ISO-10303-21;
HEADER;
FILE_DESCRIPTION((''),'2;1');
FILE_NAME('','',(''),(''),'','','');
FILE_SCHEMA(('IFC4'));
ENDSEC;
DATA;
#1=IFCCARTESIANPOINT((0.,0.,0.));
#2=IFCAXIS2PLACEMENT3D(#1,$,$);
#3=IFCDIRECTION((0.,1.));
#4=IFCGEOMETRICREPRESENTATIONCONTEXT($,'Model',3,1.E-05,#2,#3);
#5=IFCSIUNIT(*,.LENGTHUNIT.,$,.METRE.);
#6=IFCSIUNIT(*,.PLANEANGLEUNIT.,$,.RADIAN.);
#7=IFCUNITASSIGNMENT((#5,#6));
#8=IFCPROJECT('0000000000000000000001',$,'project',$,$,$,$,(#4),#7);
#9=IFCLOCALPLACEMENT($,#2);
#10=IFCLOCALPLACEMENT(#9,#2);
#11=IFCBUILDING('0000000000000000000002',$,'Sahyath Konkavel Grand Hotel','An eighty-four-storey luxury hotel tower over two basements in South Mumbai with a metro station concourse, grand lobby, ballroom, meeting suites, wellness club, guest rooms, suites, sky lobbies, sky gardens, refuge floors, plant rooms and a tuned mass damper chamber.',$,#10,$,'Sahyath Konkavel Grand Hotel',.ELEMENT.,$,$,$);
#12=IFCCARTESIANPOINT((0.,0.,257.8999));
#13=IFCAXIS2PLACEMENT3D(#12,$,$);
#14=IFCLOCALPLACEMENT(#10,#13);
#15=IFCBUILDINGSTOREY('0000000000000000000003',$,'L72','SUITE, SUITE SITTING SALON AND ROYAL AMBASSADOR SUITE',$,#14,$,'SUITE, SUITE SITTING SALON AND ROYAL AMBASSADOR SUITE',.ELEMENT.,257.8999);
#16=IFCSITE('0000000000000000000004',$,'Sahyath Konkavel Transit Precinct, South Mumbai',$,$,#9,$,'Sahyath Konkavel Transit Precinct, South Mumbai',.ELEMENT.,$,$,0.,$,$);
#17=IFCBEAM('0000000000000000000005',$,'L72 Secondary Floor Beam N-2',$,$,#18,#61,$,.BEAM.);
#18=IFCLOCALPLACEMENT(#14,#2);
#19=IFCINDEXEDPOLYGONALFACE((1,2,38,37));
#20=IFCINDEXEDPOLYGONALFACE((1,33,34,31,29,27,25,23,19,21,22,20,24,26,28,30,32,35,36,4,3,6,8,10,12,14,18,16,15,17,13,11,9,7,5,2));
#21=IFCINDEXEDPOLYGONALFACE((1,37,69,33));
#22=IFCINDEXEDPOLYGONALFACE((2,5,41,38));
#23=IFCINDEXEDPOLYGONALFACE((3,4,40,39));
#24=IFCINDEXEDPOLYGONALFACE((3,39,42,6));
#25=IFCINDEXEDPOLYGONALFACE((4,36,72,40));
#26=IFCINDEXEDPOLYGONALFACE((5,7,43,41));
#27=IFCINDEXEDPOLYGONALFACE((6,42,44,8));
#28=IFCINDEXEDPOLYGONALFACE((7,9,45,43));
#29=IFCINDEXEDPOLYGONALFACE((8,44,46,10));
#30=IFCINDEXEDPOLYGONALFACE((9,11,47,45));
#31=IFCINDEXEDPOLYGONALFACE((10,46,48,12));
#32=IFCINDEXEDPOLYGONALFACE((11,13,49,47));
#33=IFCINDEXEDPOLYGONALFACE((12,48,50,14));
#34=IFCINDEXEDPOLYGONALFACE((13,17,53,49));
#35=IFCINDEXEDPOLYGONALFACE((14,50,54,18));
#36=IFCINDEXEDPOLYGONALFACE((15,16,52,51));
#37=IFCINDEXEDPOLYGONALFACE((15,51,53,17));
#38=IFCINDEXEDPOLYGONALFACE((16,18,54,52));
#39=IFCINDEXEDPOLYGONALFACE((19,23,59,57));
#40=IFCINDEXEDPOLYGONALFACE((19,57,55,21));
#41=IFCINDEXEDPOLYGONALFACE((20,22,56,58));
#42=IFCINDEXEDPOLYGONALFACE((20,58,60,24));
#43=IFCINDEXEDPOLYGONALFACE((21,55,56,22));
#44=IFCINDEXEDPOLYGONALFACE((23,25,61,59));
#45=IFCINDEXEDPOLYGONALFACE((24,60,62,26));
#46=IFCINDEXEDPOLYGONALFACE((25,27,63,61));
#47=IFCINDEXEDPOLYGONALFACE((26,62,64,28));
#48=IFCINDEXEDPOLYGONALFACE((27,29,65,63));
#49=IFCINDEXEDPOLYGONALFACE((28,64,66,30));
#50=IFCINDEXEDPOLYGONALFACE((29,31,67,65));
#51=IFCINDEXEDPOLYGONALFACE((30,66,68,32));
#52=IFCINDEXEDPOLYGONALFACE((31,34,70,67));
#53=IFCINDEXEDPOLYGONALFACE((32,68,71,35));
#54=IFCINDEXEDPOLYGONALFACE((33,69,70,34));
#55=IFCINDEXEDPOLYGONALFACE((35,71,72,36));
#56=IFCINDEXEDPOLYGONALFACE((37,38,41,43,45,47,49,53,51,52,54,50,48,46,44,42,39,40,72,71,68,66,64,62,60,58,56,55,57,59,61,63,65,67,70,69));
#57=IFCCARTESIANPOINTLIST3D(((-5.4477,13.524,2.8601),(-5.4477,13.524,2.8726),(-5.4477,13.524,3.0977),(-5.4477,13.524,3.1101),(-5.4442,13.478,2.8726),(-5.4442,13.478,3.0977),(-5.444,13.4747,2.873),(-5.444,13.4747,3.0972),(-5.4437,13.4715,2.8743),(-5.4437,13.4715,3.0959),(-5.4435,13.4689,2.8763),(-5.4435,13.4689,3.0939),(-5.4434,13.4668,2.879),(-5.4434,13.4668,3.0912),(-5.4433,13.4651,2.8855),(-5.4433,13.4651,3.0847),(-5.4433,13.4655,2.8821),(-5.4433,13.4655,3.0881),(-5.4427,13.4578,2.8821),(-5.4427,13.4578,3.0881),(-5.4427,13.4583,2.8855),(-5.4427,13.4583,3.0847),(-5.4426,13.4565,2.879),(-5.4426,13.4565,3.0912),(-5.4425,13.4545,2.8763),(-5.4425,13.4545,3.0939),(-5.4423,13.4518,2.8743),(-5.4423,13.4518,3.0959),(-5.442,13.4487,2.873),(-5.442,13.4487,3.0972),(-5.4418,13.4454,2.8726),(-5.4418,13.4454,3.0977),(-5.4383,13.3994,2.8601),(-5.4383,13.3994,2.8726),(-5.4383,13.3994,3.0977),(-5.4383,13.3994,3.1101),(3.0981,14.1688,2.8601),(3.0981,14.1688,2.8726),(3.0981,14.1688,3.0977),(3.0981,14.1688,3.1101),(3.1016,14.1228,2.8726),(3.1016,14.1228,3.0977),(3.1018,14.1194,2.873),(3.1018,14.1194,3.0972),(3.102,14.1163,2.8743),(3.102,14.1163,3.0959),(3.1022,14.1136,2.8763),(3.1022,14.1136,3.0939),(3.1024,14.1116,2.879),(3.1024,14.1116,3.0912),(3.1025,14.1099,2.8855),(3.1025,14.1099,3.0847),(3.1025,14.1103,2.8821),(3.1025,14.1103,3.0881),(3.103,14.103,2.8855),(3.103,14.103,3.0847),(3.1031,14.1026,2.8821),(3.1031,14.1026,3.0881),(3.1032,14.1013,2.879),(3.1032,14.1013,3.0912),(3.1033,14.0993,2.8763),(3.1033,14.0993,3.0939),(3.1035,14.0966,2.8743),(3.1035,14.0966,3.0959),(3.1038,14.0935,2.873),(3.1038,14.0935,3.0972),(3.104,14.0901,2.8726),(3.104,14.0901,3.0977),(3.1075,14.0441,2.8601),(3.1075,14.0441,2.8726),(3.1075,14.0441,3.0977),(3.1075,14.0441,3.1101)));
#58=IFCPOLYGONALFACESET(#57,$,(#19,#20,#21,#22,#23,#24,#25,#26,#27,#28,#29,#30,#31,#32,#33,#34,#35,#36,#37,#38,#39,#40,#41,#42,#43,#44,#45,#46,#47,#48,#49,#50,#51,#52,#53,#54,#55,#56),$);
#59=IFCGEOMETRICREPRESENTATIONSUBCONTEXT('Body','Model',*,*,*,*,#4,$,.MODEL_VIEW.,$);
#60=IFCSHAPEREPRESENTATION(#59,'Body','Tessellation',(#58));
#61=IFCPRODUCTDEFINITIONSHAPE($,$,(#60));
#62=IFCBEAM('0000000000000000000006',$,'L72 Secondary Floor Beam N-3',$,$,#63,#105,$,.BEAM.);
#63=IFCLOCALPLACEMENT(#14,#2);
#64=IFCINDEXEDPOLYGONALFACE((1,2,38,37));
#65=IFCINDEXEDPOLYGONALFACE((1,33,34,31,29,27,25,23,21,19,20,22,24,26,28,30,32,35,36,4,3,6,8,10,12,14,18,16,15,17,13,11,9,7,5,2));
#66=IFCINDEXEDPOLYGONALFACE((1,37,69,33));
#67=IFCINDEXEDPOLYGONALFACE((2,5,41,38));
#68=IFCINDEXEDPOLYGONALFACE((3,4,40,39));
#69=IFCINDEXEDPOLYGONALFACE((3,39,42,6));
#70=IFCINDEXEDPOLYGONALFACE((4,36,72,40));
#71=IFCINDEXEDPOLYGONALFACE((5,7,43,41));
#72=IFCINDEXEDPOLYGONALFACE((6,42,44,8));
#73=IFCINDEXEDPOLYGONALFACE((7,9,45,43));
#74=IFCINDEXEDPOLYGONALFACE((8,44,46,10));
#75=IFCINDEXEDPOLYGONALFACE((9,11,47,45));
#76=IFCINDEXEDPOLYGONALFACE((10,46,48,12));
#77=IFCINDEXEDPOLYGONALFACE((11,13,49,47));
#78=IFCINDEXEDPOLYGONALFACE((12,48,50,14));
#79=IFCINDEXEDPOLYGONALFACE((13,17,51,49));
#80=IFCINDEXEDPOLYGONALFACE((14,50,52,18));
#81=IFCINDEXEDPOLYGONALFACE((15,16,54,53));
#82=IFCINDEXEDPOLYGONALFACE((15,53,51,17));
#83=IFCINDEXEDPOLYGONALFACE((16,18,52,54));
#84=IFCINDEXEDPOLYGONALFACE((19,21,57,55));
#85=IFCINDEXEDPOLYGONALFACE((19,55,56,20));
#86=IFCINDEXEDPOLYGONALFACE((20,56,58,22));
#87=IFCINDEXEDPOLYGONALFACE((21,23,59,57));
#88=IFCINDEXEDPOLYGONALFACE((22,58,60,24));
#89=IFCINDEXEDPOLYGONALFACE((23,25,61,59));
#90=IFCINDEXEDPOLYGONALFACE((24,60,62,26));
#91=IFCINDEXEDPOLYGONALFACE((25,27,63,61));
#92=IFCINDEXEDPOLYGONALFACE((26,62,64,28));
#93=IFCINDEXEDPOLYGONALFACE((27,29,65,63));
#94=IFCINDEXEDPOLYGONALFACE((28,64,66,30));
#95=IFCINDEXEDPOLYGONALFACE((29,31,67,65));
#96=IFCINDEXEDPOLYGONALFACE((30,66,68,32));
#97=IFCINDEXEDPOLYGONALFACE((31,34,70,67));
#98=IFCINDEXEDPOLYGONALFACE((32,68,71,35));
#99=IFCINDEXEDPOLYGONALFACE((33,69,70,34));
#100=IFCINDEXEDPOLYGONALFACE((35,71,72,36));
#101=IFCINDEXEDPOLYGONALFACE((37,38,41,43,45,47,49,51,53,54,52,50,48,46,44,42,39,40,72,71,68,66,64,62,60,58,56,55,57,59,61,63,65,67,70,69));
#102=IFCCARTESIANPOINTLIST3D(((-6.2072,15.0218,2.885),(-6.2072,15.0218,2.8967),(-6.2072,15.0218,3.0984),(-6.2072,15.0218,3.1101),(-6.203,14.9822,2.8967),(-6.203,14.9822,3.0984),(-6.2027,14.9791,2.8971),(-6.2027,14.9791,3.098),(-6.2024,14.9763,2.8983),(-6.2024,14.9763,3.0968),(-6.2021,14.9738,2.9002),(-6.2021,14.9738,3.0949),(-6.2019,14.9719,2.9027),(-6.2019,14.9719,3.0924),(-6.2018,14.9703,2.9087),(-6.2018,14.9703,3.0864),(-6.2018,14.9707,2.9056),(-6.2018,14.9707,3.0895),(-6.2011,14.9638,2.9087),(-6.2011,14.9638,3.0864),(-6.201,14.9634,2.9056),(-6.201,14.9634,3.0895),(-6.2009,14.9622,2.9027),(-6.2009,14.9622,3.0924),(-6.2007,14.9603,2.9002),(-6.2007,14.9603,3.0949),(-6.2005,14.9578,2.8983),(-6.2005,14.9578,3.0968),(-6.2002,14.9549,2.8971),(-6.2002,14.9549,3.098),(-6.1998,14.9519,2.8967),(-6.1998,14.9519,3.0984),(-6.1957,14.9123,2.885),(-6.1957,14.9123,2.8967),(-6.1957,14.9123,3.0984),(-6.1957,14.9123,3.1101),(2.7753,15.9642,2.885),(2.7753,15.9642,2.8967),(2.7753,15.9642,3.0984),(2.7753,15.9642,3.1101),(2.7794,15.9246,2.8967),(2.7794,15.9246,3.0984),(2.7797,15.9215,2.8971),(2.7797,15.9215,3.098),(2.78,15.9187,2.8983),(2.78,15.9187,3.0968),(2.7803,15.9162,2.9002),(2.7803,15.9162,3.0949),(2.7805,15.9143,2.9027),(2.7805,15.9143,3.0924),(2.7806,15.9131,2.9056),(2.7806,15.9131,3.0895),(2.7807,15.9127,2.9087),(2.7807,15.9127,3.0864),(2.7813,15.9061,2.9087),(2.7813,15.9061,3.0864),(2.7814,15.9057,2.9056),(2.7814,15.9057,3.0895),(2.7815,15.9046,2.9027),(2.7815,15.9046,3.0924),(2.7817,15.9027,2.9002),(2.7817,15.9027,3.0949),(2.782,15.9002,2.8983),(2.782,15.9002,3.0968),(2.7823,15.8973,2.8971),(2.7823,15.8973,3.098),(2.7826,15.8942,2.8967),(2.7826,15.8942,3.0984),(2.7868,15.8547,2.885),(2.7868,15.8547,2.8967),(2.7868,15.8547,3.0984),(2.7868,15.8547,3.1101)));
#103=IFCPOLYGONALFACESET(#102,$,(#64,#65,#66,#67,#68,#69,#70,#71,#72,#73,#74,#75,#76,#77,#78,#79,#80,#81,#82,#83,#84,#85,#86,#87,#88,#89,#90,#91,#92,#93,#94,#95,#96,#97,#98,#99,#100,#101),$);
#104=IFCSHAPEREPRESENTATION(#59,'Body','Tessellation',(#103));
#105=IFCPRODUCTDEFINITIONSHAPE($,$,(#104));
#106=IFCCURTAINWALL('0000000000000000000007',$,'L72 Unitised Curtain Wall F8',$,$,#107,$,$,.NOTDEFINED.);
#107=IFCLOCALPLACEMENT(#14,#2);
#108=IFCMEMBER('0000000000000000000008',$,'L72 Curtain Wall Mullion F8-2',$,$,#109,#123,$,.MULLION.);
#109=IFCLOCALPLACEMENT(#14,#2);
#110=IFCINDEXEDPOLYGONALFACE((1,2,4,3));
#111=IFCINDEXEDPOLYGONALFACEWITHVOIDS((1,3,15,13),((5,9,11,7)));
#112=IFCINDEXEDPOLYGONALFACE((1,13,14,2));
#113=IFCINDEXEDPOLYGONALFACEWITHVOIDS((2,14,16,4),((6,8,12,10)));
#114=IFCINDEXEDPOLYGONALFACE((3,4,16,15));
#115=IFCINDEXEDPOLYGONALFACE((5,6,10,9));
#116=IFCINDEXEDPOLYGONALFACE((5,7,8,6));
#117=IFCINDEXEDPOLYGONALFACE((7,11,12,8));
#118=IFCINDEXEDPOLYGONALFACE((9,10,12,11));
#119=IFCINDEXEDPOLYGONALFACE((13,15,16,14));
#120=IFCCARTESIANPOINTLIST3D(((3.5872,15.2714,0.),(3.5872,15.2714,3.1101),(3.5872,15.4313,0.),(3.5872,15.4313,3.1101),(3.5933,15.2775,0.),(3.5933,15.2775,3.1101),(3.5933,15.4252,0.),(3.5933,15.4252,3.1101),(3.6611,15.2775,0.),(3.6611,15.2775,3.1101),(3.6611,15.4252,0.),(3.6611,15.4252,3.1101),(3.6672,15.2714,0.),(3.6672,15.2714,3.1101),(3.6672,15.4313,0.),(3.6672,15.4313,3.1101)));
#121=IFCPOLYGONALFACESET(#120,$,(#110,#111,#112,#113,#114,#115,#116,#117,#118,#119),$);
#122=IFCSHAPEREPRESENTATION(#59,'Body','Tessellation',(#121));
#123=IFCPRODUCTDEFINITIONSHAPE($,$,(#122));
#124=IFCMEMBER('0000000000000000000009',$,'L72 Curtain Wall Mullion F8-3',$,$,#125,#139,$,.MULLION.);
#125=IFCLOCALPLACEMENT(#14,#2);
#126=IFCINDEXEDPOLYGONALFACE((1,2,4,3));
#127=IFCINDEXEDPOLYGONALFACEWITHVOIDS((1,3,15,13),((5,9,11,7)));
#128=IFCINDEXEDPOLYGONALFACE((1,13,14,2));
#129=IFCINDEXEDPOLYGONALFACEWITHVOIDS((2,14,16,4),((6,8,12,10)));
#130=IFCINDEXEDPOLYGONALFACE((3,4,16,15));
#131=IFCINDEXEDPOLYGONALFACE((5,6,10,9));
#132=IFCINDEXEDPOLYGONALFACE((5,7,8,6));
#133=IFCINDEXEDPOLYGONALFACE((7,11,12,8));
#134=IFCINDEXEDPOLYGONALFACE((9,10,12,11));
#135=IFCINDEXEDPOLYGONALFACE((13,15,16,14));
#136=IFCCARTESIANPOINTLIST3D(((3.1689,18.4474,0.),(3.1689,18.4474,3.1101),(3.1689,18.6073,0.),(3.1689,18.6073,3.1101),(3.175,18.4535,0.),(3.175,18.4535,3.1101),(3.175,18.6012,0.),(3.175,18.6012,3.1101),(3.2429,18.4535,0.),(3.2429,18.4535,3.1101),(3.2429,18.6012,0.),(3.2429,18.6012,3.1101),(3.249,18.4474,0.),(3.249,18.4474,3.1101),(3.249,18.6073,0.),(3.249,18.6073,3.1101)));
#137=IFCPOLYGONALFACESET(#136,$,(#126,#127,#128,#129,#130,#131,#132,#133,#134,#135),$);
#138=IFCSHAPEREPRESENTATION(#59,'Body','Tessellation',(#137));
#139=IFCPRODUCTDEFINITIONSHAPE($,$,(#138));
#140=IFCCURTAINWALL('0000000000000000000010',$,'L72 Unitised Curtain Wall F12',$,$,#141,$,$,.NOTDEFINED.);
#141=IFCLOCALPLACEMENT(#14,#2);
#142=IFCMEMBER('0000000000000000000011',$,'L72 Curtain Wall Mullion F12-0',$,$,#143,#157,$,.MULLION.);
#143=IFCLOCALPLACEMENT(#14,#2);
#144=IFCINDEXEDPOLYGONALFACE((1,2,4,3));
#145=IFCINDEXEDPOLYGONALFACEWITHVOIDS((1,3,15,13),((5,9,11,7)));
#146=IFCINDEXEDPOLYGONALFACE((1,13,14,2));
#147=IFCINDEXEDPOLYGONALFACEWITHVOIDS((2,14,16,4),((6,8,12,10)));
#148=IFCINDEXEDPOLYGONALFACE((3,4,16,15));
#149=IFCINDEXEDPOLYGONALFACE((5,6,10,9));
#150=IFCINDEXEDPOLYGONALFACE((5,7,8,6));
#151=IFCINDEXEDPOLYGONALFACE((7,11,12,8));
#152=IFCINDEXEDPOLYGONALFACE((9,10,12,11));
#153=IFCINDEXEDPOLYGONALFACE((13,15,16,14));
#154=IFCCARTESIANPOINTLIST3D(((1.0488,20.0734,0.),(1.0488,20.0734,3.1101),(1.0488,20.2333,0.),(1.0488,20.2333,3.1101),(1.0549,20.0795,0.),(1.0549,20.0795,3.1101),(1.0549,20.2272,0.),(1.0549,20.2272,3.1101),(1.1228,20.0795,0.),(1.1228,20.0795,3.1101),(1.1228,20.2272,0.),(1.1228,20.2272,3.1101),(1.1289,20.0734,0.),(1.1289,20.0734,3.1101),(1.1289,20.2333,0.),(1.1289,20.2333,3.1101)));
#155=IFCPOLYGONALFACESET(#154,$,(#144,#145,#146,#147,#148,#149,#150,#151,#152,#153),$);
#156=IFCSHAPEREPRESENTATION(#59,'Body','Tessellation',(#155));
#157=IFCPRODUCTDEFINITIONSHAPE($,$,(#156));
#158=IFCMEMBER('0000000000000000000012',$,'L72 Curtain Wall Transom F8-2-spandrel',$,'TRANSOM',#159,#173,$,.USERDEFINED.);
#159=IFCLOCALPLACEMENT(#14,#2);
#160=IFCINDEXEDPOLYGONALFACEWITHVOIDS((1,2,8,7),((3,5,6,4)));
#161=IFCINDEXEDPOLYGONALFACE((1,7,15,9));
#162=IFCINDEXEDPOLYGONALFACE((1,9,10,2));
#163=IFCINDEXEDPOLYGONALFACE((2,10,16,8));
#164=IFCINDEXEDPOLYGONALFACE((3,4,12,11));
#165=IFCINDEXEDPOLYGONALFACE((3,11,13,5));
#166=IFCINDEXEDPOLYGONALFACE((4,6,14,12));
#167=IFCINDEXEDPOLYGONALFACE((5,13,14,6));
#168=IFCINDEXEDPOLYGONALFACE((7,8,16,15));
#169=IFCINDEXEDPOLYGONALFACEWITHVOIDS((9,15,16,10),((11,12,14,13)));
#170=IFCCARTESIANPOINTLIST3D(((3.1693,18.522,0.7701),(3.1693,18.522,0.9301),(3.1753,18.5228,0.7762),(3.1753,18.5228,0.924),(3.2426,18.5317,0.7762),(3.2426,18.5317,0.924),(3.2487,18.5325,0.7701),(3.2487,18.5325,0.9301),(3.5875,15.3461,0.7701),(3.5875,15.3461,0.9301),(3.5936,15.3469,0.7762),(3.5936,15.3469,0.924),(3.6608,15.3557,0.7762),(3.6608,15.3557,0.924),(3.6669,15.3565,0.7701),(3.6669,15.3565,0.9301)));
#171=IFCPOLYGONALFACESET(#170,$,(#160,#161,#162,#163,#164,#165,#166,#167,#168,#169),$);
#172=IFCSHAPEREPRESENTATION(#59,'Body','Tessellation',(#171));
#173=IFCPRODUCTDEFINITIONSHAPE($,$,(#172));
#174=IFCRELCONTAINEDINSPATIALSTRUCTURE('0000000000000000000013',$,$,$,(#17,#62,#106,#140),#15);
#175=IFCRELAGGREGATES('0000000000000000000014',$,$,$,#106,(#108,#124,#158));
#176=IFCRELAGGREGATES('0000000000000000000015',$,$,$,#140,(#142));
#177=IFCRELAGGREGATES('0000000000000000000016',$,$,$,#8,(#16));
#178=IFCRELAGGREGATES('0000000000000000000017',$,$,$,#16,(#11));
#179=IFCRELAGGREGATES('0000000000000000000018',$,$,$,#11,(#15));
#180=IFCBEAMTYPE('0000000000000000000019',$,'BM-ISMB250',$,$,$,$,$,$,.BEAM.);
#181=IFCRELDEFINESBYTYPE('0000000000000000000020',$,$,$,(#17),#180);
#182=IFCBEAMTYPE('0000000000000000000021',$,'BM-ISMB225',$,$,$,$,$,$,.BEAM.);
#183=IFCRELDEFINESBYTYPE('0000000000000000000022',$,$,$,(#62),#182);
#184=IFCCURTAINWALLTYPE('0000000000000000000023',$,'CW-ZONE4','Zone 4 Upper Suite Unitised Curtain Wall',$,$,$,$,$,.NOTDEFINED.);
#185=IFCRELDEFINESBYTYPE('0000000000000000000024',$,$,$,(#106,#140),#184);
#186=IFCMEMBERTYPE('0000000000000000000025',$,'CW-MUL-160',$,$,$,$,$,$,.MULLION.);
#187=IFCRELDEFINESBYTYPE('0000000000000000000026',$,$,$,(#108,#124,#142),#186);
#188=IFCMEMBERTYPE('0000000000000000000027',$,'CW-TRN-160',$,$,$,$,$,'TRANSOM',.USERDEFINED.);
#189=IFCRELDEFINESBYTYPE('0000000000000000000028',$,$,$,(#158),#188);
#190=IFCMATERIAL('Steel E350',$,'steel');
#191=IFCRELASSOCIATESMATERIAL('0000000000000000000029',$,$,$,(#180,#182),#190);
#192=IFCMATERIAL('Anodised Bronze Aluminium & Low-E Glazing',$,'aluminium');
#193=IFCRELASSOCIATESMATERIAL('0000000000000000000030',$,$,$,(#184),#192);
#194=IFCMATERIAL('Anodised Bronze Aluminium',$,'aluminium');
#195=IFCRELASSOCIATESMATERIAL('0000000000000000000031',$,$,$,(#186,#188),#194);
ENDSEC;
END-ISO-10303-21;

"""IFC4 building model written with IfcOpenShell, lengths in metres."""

from ifc_helpers import new_model, si_unit, direction, frame, origin, origin_2d, place, context, subcontext, project, spatial, hollow_rectangle, i_section, extrude, source, transform, mapped, material, material_profile, profile_set, type_object, element, aggregate, save


model = new_model("IFC4")

# Units and contexts
model_context = context("Model", 3, precision=1e-05, world=origin(), true_north=direction((0.0, 1.0)))
body_context = subcontext(model_context, "Body", "Model", "MODEL_VIEW")
ifc_project = project(units=[si_unit("LENGTHUNIT", "METRE"), si_unit("PLANEANGLEUNIT", "RADIAN")], contexts=[model_context])

# Site, building, storey
site_placement = place(None, origin())
site = spatial("IfcSite", under=ifc_project, at=site_placement, Name="Sahyath Konkavel Transit Precinct, South Mumbai", LongName="Sahyath Konkavel Transit Precinct, South Mumbai", CompositionType="ELEMENT", RefElevation=0.0)
building_placement = place(site_placement, origin())
building = spatial("IfcBuilding", under=site, at=building_placement, Name="Sahyath Konkavel Grand Hotel", Description="An eighty-four-storey luxury hotel tower over two basements in South Mumbai with a metro station concourse, grand lobby, ballroom, meeting suites, wellness club, guest rooms, suites, sky lobbies, sky gardens, refuge floors, plant rooms and a tuned mass damper chamber.", LongName="Sahyath Konkavel Grand Hotel", CompositionType="ELEMENT")
storey_placement = place(building_placement, frame((0.0, 0.0, 257.8999)))
storey = spatial("IfcBuildingStorey", under=building, at=storey_placement, Name="L72", Description="SUITE, SUITE SITTING SALON AND ROYAL AMBASSADOR SUITE", LongName="SUITE, SUITE SITTING SALON AND ROYAL AMBASSADOR SUITE", CompositionType="ELEMENT", Elevation=257.8999)

# Beams
ifc_material_1 = material(Name="Steel E350", Category="steel")
ifc_material_profile_1 = material_profile(ifc_material_1, i_section(OverallWidth=0.125, OverallDepth=0.25, WebThickness=0.0068, FlangeThickness=0.0125, FilletRadius=0.0129, at=origin_2d()), Name="ISMB 250")
ifc_profile_set_1 = profile_set([ifc_material_profile_1], Name="Steel E350")
beam_type_1 = type_object("IfcBeamType", Name="BM-ISMB250", PredefinedType="BEAM", material=ifc_profile_set_1)
shared_shape_1 = source(origin(), body_context, "Body", "SweptSolid", [
    extrude(i_section(OverallWidth=0.125, OverallDepth=0.25, WebThickness=0.0068, FlangeThickness=0.0125, FilletRadius=0.0129, at=origin_2d()), origin(), (0.0, 0.0, 1.0), 8.5701),
])
beam_1_placement = place(storey_placement, frame((3.1028, 14.1064, 2.9851), z_axis=(-0.997166, -0.075235, 0.0), x_axis=(0.075235, -0.997166, 0.0)))
element("IfcBeam", 1, at=beam_1_placement, inside=storey, type_object=beam_type_1, Name="L72 Secondary Floor Beam N-2", PredefinedType="BEAM", context=body_context, shape_type="MappedRepresentation", body=[
    mapped(shared_shape_1, transform((0.0, 0.0, 0.0), scale=1.0)),
])
ifc_material_profile_2 = material_profile(ifc_material_1, i_section(OverallWidth=0.1101, OverallDepth=0.2251, WebThickness=0.0066, FlangeThickness=0.0117, FilletRadius=0.012, at=origin_2d()), Name="ISMB 225")
ifc_profile_set_2 = profile_set([ifc_material_profile_2], Name="Steel E350")
beam_type_2 = type_object("IfcBeamType", Name="BM-ISMB225", PredefinedType="BEAM", material=ifc_profile_set_2)
shared_shape_2 = source(origin(), body_context, "Body", "SweptSolid", [
    extrude(i_section(OverallWidth=0.1101, OverallDepth=0.2251, WebThickness=0.0066, FlangeThickness=0.0117, FilletRadius=0.012, at=origin_2d()), origin(), (0.0, 0.0, 1.0), 9.0317),
])
beam_2_placement = place(storey_placement, frame((2.781, 15.9094, 2.9976), z_axis=(-0.994542, -0.104341, 0.0), x_axis=(0.104341, -0.994542, 0.0)))
element("IfcBeam", 2, at=beam_2_placement, inside=storey, type_object=beam_type_2, Name="L72 Secondary Floor Beam N-3", PredefinedType="BEAM", context=body_context, shape_type="MappedRepresentation", body=[
    mapped(shared_shape_2, transform((0.0, 0.0, 0.0), scale=1.0)),
])

# Curtain wall, members
ifc_material_2 = material(Name="Anodised Bronze Aluminium & Low-E Glazing", Category="aluminium")
curtain_wall_type = type_object("IfcCurtainWallType", Name="CW-ZONE4", Description="Zone 4 Upper Suite Unitised Curtain Wall", PredefinedType="NOTDEFINED", material=ifc_material_2)
curtain_wall_1_placement = place(storey_placement, origin())
curtain_wall_1 = element("IfcCurtainWall", 3, at=curtain_wall_1_placement, inside=storey, type_object=curtain_wall_type, Name="L72 Unitised Curtain Wall F8", PredefinedType="NOTDEFINED")
ifc_material_3 = material(Name="Anodised Bronze Aluminium", Category="aluminium")
ifc_material_profile_3 = material_profile(ifc_material_3, hollow_rectangle(XDim=0.0801, YDim=0.1599, WallThickness=0.0061, at=origin_2d()), Name="RHS 160x80x6")
ifc_profile_set_3 = profile_set([ifc_material_profile_3], Name="Anodised Bronze Aluminium")
member_type_1 = type_object("IfcMemberType", Name="CW-MUL-160", PredefinedType="MULLION", material=ifc_profile_set_3)
shared_shape_3 = source(origin(), body_context, "Body", "SweptSolid", [
    extrude(hollow_rectangle(XDim=0.0801, YDim=0.1599, WallThickness=0.0061, at=origin_2d()), origin(), (0.0, 0.0, 1.0), 3.1101),
])
member_1_placement = place(storey_placement, frame((3.6272, 15.3513, 0.0), z_axis=(0.0, 0.0, 1.0), x_axis=(1.0, 0.0, 0.0)))
member_1 = element("IfcMember", 4, at=member_1_placement, type_object=member_type_1, Name="L72 Curtain Wall Mullion F8-2", PredefinedType="MULLION", context=body_context, shape_type="MappedRepresentation", body=[
    mapped(shared_shape_3, transform((0.0, 0.0, 0.0), scale=1.0)),
])
member_2_placement = place(storey_placement, frame((3.209, 18.5273, 0.0), z_axis=(0.0, 0.0, 1.0), x_axis=(1.0, 0.0, 0.0)))
member_2 = element("IfcMember", 5, at=member_2_placement, type_object=member_type_1, Name="L72 Curtain Wall Mullion F8-3", PredefinedType="MULLION", context=body_context, shape_type="MappedRepresentation", body=[
    mapped(shared_shape_3, transform((0.0, 0.0, 0.0), scale=1.0)),
])

# Curtain wall, member
curtain_wall_2_placement = place(storey_placement, origin())
curtain_wall_2 = element("IfcCurtainWall", 6, at=curtain_wall_2_placement, inside=storey, type_object=curtain_wall_type, Name="L72 Unitised Curtain Wall F12", PredefinedType="NOTDEFINED")
member_3_placement = place(storey_placement, frame((1.0889, 20.1533, 0.0), z_axis=(0.0, 0.0, 1.0), x_axis=(1.0, 0.0, 0.0)))
member_3 = element("IfcMember", 7, at=member_3_placement, type_object=member_type_1, Name="L72 Curtain Wall Mullion F12-0", PredefinedType="MULLION", context=body_context, shape_type="MappedRepresentation", body=[
    mapped(shared_shape_3, transform((0.0, 0.0, 0.0), scale=1.0)),
])

# Member
ifc_material_profile_4 = material_profile(ifc_material_3, hollow_rectangle(XDim=0.0801, YDim=0.1599, WallThickness=0.0061, at=origin_2d()), Name="RHS 160x80x6")
ifc_profile_set_4 = profile_set([ifc_material_profile_4], Name="Anodised Bronze Aluminium")
member_type_2 = type_object("IfcMemberType", Name="CW-TRN-160", ElementType="TRANSOM", PredefinedType="USERDEFINED", material=ifc_profile_set_4)
shared_shape_4 = source(origin(), body_context, "Body", "SweptSolid", [
    extrude(hollow_rectangle(XDim=0.0801, YDim=0.1599, WallThickness=0.0061, at=origin_2d()), origin(), (0.0, 0.0, 1.0), 3.2034),
])
member_4_placement = place(storey_placement, frame((3.6272, 15.3513, 0.8501), z_axis=(-0.130551, 0.991442, 0.0), x_axis=(-0.991442, -0.130551, 0.0)))
member_4 = element("IfcMember", 8, at=member_4_placement, type_object=member_type_2, Name="L72 Curtain Wall Transom F8-2-spandrel", ObjectType="TRANSOM", PredefinedType="USERDEFINED", context=body_context, shape_type="MappedRepresentation", body=[
    mapped(shared_shape_4, transform((0.0, 0.0, 0.0), scale=1.0)),
])

aggregate(curtain_wall_1, [member_1, member_2, member_4])
aggregate(curtain_wall_2, [member_3])

save(model, "model.ifc")
